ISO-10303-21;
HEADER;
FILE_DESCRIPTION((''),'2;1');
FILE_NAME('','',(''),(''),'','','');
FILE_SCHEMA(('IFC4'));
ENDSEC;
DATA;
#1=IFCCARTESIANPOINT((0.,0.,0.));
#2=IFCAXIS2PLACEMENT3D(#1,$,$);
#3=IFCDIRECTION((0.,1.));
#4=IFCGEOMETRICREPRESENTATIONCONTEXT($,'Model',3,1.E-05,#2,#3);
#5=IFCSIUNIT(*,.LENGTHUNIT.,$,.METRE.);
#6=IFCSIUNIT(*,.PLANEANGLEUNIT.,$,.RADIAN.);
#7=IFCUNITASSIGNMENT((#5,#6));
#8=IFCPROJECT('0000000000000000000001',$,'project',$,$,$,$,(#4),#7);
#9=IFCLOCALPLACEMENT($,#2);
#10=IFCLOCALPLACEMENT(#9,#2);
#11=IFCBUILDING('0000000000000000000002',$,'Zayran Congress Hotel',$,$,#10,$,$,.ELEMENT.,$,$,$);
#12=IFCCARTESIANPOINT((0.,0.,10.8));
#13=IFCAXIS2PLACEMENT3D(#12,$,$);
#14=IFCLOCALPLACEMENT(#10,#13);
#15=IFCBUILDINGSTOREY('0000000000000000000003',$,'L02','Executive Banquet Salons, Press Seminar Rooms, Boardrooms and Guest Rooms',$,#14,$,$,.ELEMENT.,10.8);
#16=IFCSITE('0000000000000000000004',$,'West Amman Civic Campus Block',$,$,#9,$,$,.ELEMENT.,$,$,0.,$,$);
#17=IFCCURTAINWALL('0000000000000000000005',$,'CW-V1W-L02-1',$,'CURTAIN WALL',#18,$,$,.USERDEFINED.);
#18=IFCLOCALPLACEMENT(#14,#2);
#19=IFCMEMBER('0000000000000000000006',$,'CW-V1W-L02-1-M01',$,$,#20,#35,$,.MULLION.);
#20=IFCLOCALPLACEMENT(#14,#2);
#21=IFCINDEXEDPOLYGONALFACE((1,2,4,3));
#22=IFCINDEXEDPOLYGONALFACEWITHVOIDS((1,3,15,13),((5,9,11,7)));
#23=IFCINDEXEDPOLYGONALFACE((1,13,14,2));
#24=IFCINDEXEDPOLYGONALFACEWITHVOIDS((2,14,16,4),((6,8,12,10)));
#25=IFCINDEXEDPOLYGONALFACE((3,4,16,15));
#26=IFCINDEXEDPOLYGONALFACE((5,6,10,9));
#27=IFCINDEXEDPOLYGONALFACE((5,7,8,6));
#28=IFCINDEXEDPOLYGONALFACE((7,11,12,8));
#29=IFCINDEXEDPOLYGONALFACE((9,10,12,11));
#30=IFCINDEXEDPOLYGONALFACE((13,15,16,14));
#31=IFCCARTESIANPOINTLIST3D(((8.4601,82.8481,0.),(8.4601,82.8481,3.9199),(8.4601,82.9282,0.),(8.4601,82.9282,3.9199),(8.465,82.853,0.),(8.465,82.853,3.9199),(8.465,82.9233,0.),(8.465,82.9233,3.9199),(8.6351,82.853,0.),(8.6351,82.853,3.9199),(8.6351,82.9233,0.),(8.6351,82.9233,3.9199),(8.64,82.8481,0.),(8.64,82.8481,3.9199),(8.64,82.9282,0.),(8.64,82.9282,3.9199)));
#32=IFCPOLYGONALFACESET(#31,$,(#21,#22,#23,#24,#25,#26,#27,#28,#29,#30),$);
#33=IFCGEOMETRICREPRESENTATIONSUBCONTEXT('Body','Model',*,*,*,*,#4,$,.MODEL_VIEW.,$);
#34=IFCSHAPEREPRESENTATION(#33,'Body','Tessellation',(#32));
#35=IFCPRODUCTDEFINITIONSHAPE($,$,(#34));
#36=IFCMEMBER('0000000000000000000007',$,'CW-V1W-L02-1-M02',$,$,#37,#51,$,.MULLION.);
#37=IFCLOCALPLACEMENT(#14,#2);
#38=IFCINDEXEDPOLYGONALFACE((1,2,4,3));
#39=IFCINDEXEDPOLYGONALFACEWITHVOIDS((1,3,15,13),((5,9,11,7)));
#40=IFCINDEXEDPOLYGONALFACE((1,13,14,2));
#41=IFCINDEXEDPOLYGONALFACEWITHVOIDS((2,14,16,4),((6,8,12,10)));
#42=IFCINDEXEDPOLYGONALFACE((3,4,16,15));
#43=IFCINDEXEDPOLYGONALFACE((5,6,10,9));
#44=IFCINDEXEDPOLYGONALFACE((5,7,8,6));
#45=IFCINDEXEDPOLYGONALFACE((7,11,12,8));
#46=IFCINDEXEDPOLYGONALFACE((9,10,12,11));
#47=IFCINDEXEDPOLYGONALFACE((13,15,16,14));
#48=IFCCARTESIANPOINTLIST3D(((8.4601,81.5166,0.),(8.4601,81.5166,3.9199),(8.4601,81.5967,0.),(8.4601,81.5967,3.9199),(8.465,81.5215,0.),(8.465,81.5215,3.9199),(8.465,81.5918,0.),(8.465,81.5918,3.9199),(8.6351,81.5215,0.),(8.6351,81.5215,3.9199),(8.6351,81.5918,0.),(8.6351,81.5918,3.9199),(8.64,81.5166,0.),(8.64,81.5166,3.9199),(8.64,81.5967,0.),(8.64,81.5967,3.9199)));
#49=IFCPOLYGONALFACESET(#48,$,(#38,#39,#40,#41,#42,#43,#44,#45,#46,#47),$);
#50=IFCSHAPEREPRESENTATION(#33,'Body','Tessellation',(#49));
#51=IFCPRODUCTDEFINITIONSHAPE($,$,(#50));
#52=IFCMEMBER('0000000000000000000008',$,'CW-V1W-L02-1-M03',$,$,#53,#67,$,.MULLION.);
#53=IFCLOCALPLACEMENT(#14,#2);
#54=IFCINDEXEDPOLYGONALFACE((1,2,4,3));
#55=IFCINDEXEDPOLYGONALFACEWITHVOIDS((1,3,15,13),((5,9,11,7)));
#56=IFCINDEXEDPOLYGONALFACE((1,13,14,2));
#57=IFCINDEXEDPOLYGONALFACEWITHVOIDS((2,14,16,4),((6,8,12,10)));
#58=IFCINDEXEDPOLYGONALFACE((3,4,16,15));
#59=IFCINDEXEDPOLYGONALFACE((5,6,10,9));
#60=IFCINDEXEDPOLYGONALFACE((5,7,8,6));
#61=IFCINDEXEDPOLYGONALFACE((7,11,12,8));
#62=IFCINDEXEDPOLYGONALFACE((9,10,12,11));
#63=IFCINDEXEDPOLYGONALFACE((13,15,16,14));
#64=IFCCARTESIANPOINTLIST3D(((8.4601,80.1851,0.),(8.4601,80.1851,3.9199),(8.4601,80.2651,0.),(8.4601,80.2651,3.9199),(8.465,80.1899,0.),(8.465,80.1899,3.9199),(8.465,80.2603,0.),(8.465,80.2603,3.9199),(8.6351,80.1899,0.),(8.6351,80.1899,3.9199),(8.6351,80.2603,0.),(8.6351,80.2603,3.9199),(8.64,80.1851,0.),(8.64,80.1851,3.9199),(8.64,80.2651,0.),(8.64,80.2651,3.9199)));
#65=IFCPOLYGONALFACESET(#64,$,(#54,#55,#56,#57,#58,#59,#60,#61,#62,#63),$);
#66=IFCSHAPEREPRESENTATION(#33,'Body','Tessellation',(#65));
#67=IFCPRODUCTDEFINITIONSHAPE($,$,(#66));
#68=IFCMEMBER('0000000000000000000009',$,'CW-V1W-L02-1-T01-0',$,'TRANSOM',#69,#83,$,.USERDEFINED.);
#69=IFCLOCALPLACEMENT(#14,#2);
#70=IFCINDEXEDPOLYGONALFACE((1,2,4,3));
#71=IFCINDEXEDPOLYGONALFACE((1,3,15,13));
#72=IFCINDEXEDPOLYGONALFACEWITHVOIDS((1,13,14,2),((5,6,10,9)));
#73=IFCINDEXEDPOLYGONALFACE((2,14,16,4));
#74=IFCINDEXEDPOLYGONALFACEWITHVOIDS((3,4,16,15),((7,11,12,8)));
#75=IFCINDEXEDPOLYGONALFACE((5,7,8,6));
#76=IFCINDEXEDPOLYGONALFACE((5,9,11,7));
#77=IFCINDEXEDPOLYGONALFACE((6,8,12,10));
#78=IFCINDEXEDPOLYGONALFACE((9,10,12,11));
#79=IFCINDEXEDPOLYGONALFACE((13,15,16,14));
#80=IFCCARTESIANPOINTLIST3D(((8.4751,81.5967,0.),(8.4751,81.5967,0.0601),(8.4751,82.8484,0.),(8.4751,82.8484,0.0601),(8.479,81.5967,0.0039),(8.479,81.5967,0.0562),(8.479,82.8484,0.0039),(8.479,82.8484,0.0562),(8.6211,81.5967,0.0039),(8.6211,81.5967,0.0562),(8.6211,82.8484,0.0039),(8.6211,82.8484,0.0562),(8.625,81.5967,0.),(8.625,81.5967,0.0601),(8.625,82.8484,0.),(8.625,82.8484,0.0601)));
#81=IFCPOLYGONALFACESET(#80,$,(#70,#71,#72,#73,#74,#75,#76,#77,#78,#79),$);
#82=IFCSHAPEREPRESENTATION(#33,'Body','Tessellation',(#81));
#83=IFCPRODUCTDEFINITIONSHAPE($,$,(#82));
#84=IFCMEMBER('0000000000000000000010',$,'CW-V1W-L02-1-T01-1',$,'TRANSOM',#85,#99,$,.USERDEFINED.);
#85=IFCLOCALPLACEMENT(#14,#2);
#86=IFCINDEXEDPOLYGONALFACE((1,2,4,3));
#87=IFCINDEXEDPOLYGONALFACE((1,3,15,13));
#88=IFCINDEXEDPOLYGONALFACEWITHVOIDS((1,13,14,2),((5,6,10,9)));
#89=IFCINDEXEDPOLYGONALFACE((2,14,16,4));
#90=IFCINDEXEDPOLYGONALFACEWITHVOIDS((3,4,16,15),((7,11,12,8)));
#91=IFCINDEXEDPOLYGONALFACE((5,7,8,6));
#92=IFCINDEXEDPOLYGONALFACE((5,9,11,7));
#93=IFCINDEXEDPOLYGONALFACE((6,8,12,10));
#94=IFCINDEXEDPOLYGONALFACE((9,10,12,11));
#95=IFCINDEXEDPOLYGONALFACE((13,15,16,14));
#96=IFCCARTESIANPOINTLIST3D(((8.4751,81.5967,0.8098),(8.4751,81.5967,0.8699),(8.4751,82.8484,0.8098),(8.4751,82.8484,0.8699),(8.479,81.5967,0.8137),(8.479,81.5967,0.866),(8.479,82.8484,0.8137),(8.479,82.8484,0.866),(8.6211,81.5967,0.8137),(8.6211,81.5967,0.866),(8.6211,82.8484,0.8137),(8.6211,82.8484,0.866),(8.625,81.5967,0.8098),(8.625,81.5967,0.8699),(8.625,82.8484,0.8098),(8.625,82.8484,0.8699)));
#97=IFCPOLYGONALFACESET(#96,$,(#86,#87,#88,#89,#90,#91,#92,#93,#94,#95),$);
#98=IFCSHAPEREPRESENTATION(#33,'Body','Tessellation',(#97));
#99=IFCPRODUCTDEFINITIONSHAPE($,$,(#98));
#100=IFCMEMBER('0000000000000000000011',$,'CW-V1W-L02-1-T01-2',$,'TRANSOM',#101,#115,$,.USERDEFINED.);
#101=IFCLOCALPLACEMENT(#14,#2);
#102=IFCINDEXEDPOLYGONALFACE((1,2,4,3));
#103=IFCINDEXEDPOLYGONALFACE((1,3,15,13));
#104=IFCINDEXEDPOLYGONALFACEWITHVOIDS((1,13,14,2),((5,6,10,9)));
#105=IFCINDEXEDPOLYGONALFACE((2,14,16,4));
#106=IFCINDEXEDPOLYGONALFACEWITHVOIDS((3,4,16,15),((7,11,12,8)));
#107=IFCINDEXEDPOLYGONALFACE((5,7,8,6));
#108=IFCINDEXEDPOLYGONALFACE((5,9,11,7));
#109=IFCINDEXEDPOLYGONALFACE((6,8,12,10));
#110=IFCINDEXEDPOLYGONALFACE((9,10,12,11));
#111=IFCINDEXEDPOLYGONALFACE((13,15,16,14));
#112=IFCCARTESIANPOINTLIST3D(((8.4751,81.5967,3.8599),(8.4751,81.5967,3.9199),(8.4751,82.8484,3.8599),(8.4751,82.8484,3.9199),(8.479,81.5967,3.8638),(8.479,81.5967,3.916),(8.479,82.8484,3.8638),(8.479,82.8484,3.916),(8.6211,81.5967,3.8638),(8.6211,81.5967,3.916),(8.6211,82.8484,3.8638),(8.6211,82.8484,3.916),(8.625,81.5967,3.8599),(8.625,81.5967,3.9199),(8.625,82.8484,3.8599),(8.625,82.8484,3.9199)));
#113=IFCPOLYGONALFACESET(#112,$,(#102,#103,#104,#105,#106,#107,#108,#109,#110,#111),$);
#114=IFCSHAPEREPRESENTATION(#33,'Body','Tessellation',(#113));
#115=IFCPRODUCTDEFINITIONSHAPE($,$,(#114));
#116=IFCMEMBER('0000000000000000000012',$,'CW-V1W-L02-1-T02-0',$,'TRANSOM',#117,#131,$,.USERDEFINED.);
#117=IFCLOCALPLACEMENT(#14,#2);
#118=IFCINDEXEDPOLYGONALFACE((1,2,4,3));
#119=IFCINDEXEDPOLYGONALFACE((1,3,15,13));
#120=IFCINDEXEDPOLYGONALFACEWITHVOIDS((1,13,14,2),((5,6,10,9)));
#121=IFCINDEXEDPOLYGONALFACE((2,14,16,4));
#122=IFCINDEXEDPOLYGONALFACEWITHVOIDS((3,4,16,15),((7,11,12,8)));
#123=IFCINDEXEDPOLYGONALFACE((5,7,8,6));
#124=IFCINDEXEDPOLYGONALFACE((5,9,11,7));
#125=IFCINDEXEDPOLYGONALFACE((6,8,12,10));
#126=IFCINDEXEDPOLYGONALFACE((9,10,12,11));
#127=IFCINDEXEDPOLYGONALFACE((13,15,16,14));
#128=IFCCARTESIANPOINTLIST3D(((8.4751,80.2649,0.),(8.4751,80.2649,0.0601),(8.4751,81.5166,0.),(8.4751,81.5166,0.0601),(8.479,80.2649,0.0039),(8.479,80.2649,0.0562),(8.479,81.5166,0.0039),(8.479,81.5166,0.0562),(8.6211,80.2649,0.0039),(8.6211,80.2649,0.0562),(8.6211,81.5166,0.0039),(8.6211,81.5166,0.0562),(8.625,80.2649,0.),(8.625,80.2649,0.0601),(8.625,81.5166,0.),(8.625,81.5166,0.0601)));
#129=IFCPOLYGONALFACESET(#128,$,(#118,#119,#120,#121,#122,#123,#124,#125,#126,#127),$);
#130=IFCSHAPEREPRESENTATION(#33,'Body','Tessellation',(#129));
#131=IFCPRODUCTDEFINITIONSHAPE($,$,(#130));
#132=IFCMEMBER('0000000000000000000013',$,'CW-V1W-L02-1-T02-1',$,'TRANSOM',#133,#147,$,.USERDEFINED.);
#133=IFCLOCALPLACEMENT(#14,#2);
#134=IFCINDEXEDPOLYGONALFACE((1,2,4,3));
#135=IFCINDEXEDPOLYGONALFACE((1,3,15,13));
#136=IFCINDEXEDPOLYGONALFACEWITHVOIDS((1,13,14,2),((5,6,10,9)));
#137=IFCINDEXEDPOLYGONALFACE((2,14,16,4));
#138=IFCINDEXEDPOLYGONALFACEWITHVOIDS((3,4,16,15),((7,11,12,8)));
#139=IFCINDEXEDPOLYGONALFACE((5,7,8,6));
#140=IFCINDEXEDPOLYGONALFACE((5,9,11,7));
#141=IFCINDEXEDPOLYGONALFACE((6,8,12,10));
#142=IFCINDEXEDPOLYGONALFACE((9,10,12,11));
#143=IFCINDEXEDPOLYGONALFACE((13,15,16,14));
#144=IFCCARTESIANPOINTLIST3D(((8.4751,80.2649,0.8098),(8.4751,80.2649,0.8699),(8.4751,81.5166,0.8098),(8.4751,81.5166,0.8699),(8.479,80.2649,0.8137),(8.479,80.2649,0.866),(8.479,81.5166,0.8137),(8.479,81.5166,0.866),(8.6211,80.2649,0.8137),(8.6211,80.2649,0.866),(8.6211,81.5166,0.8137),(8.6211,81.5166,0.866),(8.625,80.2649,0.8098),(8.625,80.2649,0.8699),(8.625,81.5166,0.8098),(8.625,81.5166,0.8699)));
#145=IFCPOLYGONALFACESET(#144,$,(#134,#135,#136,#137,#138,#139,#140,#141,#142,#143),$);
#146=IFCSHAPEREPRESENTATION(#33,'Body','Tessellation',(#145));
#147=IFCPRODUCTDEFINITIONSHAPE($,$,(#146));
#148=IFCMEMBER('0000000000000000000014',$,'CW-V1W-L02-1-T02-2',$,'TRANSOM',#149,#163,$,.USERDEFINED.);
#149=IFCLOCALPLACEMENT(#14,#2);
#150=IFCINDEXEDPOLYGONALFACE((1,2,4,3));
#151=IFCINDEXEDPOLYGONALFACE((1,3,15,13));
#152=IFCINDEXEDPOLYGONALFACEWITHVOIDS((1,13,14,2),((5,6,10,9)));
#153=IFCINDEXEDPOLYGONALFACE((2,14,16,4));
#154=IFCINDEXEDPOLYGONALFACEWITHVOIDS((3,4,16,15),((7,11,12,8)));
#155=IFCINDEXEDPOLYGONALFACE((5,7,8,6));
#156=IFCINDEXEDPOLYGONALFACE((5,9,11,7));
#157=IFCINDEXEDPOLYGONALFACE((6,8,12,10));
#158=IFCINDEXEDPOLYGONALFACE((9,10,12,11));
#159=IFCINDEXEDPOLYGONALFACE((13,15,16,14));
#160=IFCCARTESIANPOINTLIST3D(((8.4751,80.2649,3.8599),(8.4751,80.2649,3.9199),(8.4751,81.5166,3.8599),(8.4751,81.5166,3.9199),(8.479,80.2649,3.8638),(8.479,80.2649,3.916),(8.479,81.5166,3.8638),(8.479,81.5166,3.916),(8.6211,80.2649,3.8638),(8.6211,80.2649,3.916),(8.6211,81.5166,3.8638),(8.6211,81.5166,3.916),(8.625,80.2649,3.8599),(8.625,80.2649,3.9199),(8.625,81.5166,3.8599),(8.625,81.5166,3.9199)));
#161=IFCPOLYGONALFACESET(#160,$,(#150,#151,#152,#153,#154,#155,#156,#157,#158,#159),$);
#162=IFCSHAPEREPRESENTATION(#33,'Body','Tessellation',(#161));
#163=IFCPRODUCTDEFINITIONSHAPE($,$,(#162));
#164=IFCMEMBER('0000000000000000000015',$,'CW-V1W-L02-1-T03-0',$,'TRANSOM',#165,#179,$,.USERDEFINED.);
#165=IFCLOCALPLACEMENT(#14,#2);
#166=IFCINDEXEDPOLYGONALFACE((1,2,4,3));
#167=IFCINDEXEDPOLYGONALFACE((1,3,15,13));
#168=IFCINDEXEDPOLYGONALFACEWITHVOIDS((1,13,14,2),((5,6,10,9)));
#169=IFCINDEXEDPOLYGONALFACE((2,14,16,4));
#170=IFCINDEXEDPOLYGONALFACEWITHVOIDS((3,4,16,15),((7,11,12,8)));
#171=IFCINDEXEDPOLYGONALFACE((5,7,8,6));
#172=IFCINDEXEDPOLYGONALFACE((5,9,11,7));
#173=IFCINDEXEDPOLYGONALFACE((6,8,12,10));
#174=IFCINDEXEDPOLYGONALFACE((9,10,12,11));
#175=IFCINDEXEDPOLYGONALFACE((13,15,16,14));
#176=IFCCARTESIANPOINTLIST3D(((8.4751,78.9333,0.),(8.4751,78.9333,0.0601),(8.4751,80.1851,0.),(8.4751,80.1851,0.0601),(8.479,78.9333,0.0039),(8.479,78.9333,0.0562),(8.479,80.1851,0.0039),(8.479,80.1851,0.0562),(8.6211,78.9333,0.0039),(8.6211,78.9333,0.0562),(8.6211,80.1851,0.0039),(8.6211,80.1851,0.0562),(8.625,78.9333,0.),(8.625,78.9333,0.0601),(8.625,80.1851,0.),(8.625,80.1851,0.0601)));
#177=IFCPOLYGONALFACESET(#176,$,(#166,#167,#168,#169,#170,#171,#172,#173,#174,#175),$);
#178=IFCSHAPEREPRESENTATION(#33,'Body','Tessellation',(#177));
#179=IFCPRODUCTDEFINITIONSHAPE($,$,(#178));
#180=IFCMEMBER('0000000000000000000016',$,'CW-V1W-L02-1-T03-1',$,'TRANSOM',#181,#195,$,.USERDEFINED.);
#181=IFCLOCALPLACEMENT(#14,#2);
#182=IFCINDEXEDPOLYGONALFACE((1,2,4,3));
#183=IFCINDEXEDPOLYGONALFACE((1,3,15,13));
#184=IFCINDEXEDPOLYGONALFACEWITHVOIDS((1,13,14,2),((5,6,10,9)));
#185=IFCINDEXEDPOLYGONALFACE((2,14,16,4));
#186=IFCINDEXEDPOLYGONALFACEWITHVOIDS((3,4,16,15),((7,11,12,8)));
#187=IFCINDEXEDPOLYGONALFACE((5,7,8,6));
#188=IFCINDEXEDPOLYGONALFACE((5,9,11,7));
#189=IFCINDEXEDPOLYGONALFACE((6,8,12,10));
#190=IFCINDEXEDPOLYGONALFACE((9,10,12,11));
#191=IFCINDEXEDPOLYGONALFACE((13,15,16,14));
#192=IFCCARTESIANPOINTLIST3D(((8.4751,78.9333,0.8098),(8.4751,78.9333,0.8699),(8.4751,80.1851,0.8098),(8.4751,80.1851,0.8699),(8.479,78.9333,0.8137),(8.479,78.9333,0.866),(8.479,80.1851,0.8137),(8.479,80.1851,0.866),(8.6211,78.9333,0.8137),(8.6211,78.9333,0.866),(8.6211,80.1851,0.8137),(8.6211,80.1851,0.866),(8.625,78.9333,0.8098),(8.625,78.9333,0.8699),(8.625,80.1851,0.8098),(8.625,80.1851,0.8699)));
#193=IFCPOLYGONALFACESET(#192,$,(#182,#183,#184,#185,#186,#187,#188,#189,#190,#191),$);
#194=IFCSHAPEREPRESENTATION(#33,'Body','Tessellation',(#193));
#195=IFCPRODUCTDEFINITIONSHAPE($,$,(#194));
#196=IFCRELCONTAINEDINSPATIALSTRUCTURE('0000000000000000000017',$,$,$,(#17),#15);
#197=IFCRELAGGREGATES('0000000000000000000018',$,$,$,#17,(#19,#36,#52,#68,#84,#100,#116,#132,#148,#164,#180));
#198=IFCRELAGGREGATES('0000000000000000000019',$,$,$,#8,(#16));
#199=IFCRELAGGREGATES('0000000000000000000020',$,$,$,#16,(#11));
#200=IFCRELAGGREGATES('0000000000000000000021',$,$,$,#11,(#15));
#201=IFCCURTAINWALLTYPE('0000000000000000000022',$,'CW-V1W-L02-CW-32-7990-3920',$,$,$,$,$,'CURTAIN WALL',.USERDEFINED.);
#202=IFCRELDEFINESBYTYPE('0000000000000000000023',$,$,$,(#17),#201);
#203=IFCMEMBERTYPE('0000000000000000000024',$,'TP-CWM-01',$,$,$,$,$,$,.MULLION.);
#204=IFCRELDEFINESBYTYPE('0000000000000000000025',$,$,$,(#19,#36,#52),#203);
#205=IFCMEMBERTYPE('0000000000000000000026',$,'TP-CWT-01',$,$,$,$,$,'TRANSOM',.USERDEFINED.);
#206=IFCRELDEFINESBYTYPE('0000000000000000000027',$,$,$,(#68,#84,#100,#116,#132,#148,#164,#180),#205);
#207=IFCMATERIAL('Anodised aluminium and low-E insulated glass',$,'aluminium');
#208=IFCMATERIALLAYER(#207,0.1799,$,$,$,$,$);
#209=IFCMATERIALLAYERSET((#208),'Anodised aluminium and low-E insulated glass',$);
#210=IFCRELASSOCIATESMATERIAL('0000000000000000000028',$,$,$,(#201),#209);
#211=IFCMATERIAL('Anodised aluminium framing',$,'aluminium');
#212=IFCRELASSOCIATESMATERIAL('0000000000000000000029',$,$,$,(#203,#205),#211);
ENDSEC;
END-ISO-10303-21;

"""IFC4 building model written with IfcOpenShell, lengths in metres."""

from ifc_helpers import new_model, si_unit, direction, frame, origin, origin_2d, place, context, subcontext, project, spatial, hollow_rectangle, extrude, material, layer, layer_set, material_profile, profile_set, type_object, element, aggregate, save


model = new_model("IFC4")

# Units and contexts
model_context = context("Model", 3, precision=1e-05, world=origin(), true_north=direction((0.0, 1.0)))
body_context = subcontext(model_context, "Body", "Model", "MODEL_VIEW")
ifc_project = project(units=[si_unit("LENGTHUNIT", "METRE"), si_unit("PLANEANGLEUNIT", "RADIAN")], contexts=[model_context])

# Site, building, storey
site_placement = place(None, origin())
site = spatial("IfcSite", under=ifc_project, at=site_placement, Name="West Amman Civic Campus Block", CompositionType="ELEMENT", RefElevation=0.0)
building_placement = place(site_placement, origin())
building = spatial("IfcBuilding", under=site, at=building_placement, Name="Zayran Congress Hotel", CompositionType="ELEMENT")
storey_placement = place(building_placement, frame((0.0, 0.0, 10.8)))
storey = spatial("IfcBuildingStorey", under=building, at=storey_placement, Name="L02", Description="Executive Banquet Salons, Press Seminar Rooms, Boardrooms and Guest Rooms", CompositionType="ELEMENT", Elevation=10.8)

# Curtain wall, members
ifc_material_1 = material(Name="Anodised aluminium and low-E insulated glass", Category="aluminium")
ifc_layer_1 = layer(ifc_material_1, 0.1799)
ifc_layer_set_1 = layer_set([ifc_layer_1], Name="Anodised aluminium and low-E insulated glass")
curtain_wall_type_1 = type_object("IfcCurtainWallType", Name="CW-V1W-L02-CW-32-7990-3920", ElementType="CURTAIN WALL", PredefinedType="USERDEFINED", material=ifc_layer_set_1)
curtain_wall_1_placement = place(storey_placement, origin())
curtain_wall_1 = element("IfcCurtainWall", 1, at=curtain_wall_1_placement, inside=storey, type_object=curtain_wall_type_1, Name="CW-V1W-L02-1", ObjectType="CURTAIN WALL", PredefinedType="USERDEFINED")
ifc_material_2 = material(Name="Anodised aluminium framing", Category="aluminium")
ifc_material_profile_1 = material_profile(ifc_material_2, hollow_rectangle(XDim=0.0801, YDim=0.1799, WallThickness=0.0049, at=origin_2d()), Name="RHS 180x80x5")
ifc_profile_set_1 = profile_set([ifc_material_profile_1], Name="Anodised aluminium framing")
member_type_1 = type_object("IfcMemberType", Name="TP-CWM-01", PredefinedType="MULLION", material=ifc_profile_set_1)
member_1_placement = place(storey_placement, frame((8.55, 82.8882, 0.0), z_axis=(0.0, 0.0, 1.0), x_axis=(0.0, 1.0, 0.0)))
member_1 = element("IfcMember", 2, at=member_1_placement, type_object=member_type_1, Name="CW-V1W-L02-1-M01", PredefinedType="MULLION", context=body_context, shape_type="SweptSolid", body=[
    extrude(hollow_rectangle(XDim=0.0801, YDim=0.1799, WallThickness=0.0049, at=origin_2d()), origin(), (0.0, 0.0, 1.0), 3.9199),
])
member_2_placement = place(storey_placement, frame((8.55, 81.5566, 0.0), z_axis=(0.0, 0.0, 1.0), x_axis=(0.0, 1.0, 0.0)))
member_2 = element("IfcMember", 3, at=member_2_placement, type_object=member_type_1, Name="CW-V1W-L02-1-M02", PredefinedType="MULLION", context=body_context, shape_type="SweptSolid", body=[
    extrude(hollow_rectangle(XDim=0.0801, YDim=0.1799, WallThickness=0.0049, at=origin_2d()), origin(), (0.0, 0.0, 1.0), 3.9199),
])
member_3_placement = place(storey_placement, frame((8.55, 80.2251, 0.0), z_axis=(0.0, 0.0, 1.0), x_axis=(0.0, 1.0, 0.0)))
member_3 = element("IfcMember", 4, at=member_3_placement, type_object=member_type_1, Name="CW-V1W-L02-1-M03", PredefinedType="MULLION", context=body_context, shape_type="SweptSolid", body=[
    extrude(hollow_rectangle(XDim=0.0801, YDim=0.1799, WallThickness=0.0049, at=origin_2d()), origin(), (0.0, 0.0, 1.0), 3.9199),
])
ifc_material_profile_2 = material_profile(ifc_material_2, hollow_rectangle(XDim=0.0601, YDim=0.1499, WallThickness=0.0039, at=origin_2d()), Name="RHS 150x60x4")
ifc_profile_set_2 = profile_set([ifc_material_profile_2], Name="Anodised aluminium framing")
member_type_2 = type_object("IfcMemberType", Name="TP-CWT-01", ElementType="TRANSOM", PredefinedType="USERDEFINED", material=ifc_profile_set_2)
member_4_placement = place(storey_placement, frame((8.55, 82.8484, 0.03), z_axis=(0.0, -1.0, 0.0), x_axis=(0.0, 0.0, 1.0)))
member_4 = element("IfcMember", 5, at=member_4_placement, type_object=member_type_2, Name="CW-V1W-L02-1-T01-0", ObjectType="TRANSOM", PredefinedType="USERDEFINED", context=body_context, shape_type="SweptSolid", body=[
    extrude(hollow_rectangle(XDim=0.0601, YDim=0.1499, WallThickness=0.0039, at=origin_2d()), origin(), (0.0, 0.0, 1.0), 1.2517),
])
member_5_placement = place(storey_placement, frame((8.55, 82.8484, 0.8398), z_axis=(0.0, -1.0, 0.0), x_axis=(0.0, 0.0, 1.0)))
member_5 = element("IfcMember", 6, at=member_5_placement, type_object=member_type_2, Name="CW-V1W-L02-1-T01-1", ObjectType="TRANSOM", PredefinedType="USERDEFINED", context=body_context, shape_type="SweptSolid", body=[
    extrude(hollow_rectangle(XDim=0.0601, YDim=0.1499, WallThickness=0.0039, at=origin_2d()), origin(), (0.0, 0.0, 1.0), 1.2517),
])
member_6_placement = place(storey_placement, frame((8.55, 82.8484, 3.8899), z_axis=(0.0, -1.0, 0.0), x_axis=(0.0, 0.0, 1.0)))
member_6 = element("IfcMember", 7, at=member_6_placement, type_object=member_type_2, Name="CW-V1W-L02-1-T01-2", ObjectType="TRANSOM", PredefinedType="USERDEFINED", context=body_context, shape_type="SweptSolid", body=[
    extrude(hollow_rectangle(XDim=0.0601, YDim=0.1499, WallThickness=0.0039, at=origin_2d()), origin(), (0.0, 0.0, 1.0), 1.2517),
])
member_7_placement = place(storey_placement, frame((8.55, 81.5166, 0.03), z_axis=(0.0, -1.0, 0.0), x_axis=(0.0, 0.0, 1.0)))
member_7 = element("IfcMember", 8, at=member_7_placement, type_object=member_type_2, Name="CW-V1W-L02-1-T02-0", ObjectType="TRANSOM", PredefinedType="USERDEFINED", context=body_context, shape_type="SweptSolid", body=[
    extrude(hollow_rectangle(XDim=0.0601, YDim=0.1499, WallThickness=0.0039, at=origin_2d()), origin(), (0.0, 0.0, 1.0), 1.2517),
])
member_8_placement = place(storey_placement, frame((8.55, 81.5166, 0.8398), z_axis=(0.0, -1.0, 0.0), x_axis=(0.0, 0.0, 1.0)))
member_8 = element("IfcMember", 9, at=member_8_placement, type_object=member_type_2, Name="CW-V1W-L02-1-T02-1", ObjectType="TRANSOM", PredefinedType="USERDEFINED", context=body_context, shape_type="SweptSolid", body=[
    extrude(hollow_rectangle(XDim=0.0601, YDim=0.1499, WallThickness=0.0039, at=origin_2d()), origin(), (0.0, 0.0, 1.0), 1.2517),
])
member_9_placement = place(storey_placement, frame((8.55, 81.5166, 3.8899), z_axis=(0.0, -1.0, 0.0), x_axis=(0.0, 0.0, 1.0)))
member_9 = element("IfcMember", 10, at=member_9_placement, type_object=member_type_2, Name="CW-V1W-L02-1-T02-2", ObjectType="TRANSOM", PredefinedType="USERDEFINED", context=body_context, shape_type="SweptSolid", body=[
    extrude(hollow_rectangle(XDim=0.0601, YDim=0.1499, WallThickness=0.0039, at=origin_2d()), origin(), (0.0, 0.0, 1.0), 1.2517),
])
member_10_placement = place(storey_placement, frame((8.55, 80.1851, 0.03), z_axis=(0.0, -1.0, 0.0), x_axis=(0.0, 0.0, 1.0)))
member_10 = element("IfcMember", 11, at=member_10_placement, type_object=member_type_2, Name="CW-V1W-L02-1-T03-0", ObjectType="TRANSOM", PredefinedType="USERDEFINED", context=body_context, shape_type="SweptSolid", body=[
    extrude(hollow_rectangle(XDim=0.0601, YDim=0.1499, WallThickness=0.0039, at=origin_2d()), origin(), (0.0, 0.0, 1.0), 1.2517),
])
member_11_placement = place(storey_placement, frame((8.55, 80.1851, 0.8398), z_axis=(0.0, -1.0, 0.0), x_axis=(0.0, 0.0, 1.0)))
member_11 = element("IfcMember", 12, at=member_11_placement, type_object=member_type_2, Name="CW-V1W-L02-1-T03-1", ObjectType="TRANSOM", PredefinedType="USERDEFINED", context=body_context, shape_type="SweptSolid", body=[
    extrude(hollow_rectangle(XDim=0.0601, YDim=0.1499, WallThickness=0.0039, at=origin_2d()), origin(), (0.0, 0.0, 1.0), 1.2517),
])

aggregate(curtain_wall_1, [member_1, member_2, member_3, member_4, member_5, member_6, member_7, member_8, member_9, member_10, member_11])

save(model, "model.ifc")
